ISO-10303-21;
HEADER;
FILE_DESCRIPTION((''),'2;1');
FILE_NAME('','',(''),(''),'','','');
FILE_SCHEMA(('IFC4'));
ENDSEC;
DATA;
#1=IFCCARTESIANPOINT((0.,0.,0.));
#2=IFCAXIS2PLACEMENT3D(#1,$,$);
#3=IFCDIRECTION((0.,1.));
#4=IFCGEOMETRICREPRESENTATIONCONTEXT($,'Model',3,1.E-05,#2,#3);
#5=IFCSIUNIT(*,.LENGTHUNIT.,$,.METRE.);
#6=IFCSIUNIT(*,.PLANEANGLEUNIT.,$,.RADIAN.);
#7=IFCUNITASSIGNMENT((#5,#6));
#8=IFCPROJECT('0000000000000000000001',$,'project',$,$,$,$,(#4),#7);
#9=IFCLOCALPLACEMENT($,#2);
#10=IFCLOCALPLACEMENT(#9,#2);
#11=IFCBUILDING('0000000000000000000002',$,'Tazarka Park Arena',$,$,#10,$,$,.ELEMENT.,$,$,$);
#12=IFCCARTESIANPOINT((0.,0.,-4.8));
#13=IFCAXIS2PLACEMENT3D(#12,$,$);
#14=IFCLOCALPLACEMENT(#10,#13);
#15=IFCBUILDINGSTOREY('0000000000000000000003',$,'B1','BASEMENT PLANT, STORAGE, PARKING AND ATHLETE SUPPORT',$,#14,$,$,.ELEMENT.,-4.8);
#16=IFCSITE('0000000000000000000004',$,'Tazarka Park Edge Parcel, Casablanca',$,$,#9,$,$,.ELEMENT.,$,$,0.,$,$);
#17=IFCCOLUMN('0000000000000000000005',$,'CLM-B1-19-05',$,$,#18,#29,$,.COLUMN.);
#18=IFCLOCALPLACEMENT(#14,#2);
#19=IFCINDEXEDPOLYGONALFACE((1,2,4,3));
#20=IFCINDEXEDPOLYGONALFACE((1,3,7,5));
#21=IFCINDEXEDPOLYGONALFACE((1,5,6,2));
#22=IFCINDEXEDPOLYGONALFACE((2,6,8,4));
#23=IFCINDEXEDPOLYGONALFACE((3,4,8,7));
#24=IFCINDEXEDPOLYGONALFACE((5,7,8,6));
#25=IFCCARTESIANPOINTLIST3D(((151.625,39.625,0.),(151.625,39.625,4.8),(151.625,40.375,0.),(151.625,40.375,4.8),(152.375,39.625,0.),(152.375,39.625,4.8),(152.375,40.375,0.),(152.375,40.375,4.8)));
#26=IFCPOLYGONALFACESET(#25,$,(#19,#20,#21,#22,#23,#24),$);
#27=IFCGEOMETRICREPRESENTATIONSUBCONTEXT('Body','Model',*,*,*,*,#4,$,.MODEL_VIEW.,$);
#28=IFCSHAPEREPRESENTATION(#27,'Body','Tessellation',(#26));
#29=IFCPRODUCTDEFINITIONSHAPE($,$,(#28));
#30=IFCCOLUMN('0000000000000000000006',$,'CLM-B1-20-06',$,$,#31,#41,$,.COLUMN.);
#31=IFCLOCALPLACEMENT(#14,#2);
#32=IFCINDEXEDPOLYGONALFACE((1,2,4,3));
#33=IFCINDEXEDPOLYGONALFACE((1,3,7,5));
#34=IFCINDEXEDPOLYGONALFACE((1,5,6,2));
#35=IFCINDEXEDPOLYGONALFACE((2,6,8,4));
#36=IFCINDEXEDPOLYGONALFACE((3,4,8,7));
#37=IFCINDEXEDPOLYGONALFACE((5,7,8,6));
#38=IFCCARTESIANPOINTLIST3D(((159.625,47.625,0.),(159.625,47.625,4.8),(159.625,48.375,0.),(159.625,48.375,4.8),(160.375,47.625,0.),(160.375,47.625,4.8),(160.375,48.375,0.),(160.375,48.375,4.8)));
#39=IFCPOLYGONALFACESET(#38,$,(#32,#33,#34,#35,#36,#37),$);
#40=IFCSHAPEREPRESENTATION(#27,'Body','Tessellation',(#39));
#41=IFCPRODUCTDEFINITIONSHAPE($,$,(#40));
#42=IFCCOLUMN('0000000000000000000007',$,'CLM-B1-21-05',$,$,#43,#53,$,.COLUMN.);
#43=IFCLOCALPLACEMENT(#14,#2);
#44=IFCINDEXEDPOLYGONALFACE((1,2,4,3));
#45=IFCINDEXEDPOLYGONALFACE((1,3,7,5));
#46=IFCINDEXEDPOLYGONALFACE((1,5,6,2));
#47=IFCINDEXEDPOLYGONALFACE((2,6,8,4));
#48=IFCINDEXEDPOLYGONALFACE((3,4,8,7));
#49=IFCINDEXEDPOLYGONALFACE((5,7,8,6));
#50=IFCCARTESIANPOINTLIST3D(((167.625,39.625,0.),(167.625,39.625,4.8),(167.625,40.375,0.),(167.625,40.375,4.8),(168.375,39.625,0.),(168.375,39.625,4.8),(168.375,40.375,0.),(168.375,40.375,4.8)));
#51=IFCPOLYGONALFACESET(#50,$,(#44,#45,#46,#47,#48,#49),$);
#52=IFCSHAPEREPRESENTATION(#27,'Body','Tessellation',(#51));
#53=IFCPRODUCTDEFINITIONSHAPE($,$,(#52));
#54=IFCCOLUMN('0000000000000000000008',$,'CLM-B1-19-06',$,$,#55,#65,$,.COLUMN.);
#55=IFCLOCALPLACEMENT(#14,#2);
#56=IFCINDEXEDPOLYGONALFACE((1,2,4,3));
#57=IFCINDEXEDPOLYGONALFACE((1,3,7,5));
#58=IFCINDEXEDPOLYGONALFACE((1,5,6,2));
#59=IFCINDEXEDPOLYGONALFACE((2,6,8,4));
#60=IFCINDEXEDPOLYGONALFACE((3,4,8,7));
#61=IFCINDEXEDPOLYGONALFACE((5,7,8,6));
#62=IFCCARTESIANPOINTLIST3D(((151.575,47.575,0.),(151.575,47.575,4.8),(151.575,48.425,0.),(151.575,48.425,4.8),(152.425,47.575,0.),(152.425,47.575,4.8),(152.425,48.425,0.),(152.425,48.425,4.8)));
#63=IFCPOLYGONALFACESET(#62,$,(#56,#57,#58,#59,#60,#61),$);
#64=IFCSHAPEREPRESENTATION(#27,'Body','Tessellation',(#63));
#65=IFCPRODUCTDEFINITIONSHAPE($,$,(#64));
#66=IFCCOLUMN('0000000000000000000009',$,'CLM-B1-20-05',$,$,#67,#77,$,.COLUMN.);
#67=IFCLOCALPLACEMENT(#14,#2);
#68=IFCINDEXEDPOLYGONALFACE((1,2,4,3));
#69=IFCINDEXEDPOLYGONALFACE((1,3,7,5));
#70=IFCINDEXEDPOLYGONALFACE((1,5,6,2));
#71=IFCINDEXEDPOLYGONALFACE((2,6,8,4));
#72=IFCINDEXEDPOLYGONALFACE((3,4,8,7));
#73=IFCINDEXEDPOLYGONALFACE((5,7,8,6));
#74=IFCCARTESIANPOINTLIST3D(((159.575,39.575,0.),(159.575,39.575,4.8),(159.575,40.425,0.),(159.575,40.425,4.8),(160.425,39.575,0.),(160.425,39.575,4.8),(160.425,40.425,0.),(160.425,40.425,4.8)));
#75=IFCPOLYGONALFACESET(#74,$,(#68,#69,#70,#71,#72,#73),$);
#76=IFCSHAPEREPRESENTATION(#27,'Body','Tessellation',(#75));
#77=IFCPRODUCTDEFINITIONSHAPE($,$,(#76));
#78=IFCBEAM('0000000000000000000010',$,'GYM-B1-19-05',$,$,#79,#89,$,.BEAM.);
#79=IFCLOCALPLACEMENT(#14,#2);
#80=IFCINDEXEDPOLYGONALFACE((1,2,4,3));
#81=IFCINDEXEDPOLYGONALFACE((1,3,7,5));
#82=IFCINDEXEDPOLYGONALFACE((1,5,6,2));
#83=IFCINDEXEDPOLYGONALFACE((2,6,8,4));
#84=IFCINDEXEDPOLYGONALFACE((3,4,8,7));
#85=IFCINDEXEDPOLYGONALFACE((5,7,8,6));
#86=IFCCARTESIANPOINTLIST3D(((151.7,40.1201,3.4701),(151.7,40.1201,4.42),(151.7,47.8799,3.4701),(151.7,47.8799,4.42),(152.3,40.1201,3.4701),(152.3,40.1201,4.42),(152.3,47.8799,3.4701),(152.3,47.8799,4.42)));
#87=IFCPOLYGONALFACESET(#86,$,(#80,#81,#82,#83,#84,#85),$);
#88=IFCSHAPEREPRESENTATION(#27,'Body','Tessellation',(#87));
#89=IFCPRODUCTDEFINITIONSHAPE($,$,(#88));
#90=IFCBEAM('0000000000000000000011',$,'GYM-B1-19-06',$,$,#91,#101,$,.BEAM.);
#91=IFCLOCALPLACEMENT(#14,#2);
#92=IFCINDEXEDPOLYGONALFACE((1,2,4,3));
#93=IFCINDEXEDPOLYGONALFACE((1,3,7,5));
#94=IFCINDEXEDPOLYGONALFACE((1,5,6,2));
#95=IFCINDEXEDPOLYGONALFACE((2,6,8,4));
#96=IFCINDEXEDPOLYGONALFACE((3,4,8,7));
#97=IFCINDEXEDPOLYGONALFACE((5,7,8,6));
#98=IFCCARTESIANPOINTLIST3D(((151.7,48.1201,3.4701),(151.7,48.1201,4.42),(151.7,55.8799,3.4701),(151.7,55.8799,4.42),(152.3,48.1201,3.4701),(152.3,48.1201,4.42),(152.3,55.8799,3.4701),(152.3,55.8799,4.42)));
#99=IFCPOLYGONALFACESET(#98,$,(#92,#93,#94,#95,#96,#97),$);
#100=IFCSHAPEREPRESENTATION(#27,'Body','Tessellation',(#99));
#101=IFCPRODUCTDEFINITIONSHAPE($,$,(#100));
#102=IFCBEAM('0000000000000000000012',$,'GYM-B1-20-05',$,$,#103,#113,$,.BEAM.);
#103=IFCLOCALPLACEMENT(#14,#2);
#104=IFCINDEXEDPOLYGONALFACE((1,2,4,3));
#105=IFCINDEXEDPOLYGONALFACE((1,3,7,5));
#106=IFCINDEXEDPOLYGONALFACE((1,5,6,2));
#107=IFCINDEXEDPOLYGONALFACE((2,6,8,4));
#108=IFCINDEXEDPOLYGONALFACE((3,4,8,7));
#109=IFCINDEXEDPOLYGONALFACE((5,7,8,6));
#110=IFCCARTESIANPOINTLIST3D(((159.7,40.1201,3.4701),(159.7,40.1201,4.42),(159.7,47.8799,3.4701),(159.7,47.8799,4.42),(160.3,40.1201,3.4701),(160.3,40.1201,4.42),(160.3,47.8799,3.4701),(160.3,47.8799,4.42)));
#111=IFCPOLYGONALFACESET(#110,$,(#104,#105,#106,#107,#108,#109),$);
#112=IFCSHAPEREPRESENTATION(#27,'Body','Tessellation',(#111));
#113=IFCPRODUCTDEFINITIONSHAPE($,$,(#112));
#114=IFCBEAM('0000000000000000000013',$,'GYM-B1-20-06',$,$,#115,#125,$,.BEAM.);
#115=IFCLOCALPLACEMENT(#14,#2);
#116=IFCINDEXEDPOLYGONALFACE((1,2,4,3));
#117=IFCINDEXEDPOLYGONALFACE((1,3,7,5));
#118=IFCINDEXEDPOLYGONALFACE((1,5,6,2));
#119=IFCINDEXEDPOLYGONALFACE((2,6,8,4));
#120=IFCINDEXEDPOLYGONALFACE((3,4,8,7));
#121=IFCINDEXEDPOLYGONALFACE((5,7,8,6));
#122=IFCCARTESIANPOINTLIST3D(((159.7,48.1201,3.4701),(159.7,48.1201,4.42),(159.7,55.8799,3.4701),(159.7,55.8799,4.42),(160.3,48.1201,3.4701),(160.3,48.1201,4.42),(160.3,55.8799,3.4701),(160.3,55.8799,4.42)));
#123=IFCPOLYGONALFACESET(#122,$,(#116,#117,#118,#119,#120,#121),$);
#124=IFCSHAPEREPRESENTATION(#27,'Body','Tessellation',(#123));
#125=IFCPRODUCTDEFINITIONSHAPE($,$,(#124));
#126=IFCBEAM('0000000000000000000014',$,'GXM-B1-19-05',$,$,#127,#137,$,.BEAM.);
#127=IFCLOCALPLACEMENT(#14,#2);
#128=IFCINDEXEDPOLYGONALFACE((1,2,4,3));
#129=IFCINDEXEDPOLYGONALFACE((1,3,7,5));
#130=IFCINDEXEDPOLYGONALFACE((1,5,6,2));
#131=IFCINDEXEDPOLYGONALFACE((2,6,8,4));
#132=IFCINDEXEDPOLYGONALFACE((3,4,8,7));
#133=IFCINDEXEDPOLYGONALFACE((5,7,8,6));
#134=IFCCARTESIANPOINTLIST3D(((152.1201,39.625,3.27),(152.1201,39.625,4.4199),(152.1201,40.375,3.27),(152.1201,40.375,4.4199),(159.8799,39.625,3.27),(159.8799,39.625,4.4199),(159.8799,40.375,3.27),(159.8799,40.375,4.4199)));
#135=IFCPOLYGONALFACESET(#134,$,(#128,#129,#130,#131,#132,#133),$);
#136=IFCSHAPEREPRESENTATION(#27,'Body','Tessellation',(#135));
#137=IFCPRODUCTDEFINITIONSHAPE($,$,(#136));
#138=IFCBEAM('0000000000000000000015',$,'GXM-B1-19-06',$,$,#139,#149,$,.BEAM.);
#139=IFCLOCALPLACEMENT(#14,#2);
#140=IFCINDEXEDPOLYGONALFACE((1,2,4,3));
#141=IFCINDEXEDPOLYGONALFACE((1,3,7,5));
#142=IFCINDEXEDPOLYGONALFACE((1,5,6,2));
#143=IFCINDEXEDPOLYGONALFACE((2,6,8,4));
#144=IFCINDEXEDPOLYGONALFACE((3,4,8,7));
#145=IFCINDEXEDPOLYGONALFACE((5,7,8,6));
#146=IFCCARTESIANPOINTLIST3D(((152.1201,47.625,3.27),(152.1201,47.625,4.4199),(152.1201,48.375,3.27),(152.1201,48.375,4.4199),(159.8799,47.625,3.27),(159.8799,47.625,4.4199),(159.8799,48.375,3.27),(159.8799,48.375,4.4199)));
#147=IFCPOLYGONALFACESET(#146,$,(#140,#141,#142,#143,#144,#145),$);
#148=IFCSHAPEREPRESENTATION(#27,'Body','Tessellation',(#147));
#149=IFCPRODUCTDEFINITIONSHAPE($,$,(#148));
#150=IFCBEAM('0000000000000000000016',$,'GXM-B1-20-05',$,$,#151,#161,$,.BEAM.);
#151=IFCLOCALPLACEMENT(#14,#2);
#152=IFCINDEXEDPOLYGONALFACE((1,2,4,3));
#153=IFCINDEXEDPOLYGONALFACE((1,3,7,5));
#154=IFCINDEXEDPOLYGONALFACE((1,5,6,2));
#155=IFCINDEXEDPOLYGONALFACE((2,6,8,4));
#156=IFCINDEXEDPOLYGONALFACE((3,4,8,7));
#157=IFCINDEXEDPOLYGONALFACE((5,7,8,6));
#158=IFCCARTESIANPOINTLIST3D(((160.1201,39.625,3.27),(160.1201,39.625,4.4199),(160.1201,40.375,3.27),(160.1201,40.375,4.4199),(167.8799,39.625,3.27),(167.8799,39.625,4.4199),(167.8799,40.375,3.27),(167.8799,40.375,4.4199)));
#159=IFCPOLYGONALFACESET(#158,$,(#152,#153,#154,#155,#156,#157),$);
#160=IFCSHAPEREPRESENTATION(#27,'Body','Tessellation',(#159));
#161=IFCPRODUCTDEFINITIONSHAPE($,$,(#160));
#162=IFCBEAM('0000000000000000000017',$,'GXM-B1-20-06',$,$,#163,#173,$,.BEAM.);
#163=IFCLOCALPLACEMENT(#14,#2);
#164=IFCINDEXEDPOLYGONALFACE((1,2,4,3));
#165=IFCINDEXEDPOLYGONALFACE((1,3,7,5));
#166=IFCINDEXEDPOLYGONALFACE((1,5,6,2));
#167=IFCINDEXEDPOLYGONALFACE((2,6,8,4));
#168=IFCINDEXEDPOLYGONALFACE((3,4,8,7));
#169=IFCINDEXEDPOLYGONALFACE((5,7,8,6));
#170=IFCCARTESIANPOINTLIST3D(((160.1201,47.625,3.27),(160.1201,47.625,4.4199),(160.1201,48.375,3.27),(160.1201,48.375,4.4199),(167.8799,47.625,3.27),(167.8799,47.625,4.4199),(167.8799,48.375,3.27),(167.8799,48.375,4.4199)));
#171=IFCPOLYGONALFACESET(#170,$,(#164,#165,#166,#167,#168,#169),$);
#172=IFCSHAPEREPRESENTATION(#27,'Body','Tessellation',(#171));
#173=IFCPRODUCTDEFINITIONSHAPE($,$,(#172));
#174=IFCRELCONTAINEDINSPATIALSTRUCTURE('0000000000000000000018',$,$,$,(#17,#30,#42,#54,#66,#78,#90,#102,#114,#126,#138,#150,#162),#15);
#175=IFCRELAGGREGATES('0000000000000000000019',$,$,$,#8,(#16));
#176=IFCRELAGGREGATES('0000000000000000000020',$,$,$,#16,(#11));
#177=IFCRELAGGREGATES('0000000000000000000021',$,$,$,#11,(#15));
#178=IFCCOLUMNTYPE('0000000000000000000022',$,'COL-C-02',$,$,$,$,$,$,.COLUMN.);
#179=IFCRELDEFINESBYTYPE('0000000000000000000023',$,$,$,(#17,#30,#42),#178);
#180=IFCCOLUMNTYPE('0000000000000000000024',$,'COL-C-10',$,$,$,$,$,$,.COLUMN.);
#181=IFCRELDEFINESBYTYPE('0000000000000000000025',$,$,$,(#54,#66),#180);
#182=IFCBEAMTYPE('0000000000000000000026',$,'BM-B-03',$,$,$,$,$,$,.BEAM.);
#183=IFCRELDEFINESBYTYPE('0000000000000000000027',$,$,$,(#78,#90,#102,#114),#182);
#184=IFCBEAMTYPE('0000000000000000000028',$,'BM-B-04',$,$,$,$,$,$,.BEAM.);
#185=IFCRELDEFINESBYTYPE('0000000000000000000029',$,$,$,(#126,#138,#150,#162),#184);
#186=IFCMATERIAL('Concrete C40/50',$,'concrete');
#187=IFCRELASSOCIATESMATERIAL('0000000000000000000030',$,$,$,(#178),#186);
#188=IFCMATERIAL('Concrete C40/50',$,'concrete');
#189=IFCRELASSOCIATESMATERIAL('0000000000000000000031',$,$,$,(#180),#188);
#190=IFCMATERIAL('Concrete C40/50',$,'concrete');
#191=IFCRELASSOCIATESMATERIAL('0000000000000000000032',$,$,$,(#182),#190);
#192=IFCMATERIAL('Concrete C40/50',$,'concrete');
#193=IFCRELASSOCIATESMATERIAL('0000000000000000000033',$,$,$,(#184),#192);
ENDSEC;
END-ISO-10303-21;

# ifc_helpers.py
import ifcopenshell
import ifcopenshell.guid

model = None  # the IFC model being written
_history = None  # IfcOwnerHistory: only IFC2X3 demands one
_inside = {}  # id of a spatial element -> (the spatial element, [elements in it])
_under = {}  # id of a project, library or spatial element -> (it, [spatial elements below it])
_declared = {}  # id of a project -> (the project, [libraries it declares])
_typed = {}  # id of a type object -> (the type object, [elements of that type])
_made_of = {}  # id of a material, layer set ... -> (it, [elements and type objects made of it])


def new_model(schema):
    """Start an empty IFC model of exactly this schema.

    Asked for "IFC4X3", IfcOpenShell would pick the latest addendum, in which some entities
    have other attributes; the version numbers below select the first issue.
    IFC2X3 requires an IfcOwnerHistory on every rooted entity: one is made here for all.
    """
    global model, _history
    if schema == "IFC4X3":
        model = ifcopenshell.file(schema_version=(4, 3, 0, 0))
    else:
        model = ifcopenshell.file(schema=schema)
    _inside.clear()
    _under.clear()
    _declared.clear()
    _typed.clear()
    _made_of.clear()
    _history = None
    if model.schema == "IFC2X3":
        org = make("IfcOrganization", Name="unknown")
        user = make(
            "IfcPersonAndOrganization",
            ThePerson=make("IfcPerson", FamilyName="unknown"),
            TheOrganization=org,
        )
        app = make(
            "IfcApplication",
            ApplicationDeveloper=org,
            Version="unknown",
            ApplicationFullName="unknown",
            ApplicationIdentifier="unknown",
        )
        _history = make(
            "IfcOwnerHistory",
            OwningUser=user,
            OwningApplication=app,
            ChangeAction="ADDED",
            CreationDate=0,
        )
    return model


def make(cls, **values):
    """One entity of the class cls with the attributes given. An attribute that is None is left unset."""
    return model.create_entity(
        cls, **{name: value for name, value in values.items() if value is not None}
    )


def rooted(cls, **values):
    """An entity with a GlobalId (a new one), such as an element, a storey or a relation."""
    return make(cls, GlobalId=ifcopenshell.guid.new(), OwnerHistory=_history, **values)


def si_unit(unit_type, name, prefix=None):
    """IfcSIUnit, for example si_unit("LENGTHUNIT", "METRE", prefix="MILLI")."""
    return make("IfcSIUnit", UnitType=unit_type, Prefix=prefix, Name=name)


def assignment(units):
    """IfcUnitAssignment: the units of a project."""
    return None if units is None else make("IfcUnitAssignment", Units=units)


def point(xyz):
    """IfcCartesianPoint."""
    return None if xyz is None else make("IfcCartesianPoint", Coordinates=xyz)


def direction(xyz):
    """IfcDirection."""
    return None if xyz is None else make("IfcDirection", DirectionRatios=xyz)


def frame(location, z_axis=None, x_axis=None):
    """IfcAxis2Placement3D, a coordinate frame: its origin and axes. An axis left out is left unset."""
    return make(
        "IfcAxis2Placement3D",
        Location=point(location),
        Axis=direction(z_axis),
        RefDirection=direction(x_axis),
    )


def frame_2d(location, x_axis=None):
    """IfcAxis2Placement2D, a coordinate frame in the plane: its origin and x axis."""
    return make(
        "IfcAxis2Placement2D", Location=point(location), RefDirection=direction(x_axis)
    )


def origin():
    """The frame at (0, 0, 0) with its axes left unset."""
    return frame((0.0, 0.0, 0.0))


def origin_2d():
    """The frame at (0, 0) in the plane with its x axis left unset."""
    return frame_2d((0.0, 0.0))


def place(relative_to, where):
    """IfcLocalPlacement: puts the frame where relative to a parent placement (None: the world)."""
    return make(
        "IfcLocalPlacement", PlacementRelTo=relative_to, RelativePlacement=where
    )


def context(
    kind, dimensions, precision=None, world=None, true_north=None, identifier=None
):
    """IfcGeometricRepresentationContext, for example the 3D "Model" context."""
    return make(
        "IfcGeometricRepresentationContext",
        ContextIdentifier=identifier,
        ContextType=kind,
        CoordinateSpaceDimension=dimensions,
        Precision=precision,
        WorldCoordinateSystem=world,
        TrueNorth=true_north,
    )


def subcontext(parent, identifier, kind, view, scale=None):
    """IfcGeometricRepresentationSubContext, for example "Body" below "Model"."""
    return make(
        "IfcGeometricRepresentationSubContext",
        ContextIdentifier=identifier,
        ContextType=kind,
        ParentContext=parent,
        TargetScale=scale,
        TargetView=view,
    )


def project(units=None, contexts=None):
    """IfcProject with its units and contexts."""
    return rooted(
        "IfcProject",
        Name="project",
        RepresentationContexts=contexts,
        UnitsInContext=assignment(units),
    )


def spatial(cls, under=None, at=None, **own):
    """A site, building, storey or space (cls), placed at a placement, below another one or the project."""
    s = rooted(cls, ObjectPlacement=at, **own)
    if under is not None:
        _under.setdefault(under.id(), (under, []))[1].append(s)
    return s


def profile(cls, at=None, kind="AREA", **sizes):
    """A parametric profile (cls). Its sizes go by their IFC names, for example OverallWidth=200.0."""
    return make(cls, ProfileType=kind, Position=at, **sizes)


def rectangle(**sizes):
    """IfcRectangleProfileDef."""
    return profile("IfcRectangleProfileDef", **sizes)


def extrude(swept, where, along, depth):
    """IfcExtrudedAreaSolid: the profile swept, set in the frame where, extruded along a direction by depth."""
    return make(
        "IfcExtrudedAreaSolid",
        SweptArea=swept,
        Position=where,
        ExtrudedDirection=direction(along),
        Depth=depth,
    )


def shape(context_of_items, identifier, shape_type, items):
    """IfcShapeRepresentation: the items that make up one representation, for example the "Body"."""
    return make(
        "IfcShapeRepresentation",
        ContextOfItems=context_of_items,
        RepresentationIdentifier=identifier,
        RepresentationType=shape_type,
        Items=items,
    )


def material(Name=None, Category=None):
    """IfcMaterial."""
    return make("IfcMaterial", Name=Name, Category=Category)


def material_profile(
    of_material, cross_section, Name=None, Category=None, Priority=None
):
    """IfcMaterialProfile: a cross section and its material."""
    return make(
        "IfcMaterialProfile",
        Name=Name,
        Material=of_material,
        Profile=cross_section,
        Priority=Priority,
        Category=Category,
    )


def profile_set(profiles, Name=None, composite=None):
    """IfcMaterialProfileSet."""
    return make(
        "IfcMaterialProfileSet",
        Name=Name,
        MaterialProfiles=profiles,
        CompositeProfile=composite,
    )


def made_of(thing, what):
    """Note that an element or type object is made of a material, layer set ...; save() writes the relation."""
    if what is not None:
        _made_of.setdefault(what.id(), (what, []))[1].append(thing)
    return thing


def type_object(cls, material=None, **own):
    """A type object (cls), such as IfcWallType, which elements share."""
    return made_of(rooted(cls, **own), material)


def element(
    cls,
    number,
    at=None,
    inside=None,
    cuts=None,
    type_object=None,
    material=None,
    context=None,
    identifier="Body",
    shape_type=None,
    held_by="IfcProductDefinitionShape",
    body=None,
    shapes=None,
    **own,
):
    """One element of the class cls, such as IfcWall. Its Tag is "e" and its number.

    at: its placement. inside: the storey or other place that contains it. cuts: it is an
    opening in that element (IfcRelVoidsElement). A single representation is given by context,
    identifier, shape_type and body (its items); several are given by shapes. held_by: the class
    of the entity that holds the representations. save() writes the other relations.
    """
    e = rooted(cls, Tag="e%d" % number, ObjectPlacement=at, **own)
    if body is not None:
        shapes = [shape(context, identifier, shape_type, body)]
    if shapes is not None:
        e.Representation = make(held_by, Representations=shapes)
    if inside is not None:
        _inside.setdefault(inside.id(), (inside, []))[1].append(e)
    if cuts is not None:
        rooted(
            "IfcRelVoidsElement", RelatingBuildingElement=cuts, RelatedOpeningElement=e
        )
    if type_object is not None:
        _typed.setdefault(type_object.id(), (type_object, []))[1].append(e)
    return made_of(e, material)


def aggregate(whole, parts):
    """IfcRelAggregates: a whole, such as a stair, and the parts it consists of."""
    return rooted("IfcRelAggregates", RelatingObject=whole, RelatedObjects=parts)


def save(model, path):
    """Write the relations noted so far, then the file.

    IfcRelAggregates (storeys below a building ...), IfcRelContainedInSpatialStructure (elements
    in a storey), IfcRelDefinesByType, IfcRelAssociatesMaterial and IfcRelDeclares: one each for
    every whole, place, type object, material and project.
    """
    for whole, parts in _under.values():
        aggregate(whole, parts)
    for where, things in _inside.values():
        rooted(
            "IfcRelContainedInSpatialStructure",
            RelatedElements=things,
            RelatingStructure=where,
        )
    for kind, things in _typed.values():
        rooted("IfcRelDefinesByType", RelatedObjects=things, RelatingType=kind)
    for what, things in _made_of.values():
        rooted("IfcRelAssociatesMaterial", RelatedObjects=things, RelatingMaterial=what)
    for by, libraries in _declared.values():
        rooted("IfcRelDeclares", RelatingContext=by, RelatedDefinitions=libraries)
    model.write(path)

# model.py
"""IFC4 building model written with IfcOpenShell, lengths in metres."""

from ifc_helpers import new_model, si_unit, direction, frame, origin, origin_2d, place, context, subcontext, project, spatial, rectangle, extrude, material, material_profile, profile_set, type_object, element, save


model = new_model("IFC4")

# Units and contexts
model_context = context("Model", 3, precision=1e-05, world=origin(), true_north=direction((0.0, 1.0)))
body_context = subcontext(model_context, "Body", "Model", "MODEL_VIEW")
ifc_project = project(units=[si_unit("LENGTHUNIT", "METRE"), si_unit("PLANEANGLEUNIT", "RADIAN")], contexts=[model_context])

# Site, building, storey
site_placement = place(None, origin())
site = spatial("IfcSite", under=ifc_project, at=site_placement, Name="Tazarka Park Edge Parcel, Casablanca", CompositionType="ELEMENT", RefElevation=0.0)
building_placement = place(site_placement, origin())
building = spatial("IfcBuilding", under=site, at=building_placement, Name="Tazarka Park Arena", CompositionType="ELEMENT")
storey_placement = place(building_placement, frame((0.0, 0.0, -4.8)))
storey = spatial("IfcBuildingStorey", under=building, at=storey_placement, Name="B1", Description="BASEMENT PLANT, STORAGE, PARKING AND ATHLETE SUPPORT", CompositionType="ELEMENT", Elevation=-4.8)

# Columns
ifc_material_1 = material(Name="Concrete C40/50", Category="concrete")
ifc_material_profile_1 = material_profile(ifc_material_1, rectangle(XDim=0.75, YDim=0.75, at=origin_2d()), Name="Concrete C40/50")
ifc_profile_set_1 = profile_set([ifc_material_profile_1], Name="Concrete C40/50")
column_type_1 = type_object("IfcColumnType", Name="COL-C-02", PredefinedType="COLUMN", material=ifc_profile_set_1)
for number, where, z_axis, x_axis, name in (
    (1, (152.0, 40.0, 0.0), (0.0, 0.0, 1.0), (1.0, 0.0, 0.0), "CLM-B1-19-05"),
    (2, (160.0, 48.0, 0.0), (0.0, 0.0, 1.0), (1.0, 0.0, 0.0), "CLM-B1-20-06"),
    (3, (168.0, 40.0, 0.0), (0.0, 0.0, 1.0), (1.0, 0.0, 0.0), "CLM-B1-21-05"),
):
    element("IfcColumn", number, at=place(storey_placement, frame(where, z_axis=z_axis, x_axis=x_axis)), inside=storey, type_object=column_type_1, Name=name, PredefinedType="COLUMN", context=body_context, shape_type="SweptSolid", body=[
        extrude(rectangle(XDim=0.75, YDim=0.75, at=origin_2d()), origin(), (0.0, 0.0, 1.0), 4.8),
    ])
ifc_material_2 = material(Name="Concrete C40/50", Category="concrete")
ifc_material_profile_2 = material_profile(ifc_material_2, rectangle(XDim=0.8501, YDim=0.8501, at=origin_2d()), Name="Concrete C40/50")
ifc_profile_set_2 = profile_set([ifc_material_profile_2], Name="Concrete C40/50")
column_type_2 = type_object("IfcColumnType", Name="COL-C-10", PredefinedType="COLUMN", material=ifc_profile_set_2)
for number, where, z_axis, x_axis, name in (
    (4, (152.0, 48.0, 0.0), (0.0, 0.0, 1.0), (1.0, 0.0, 0.0), "CLM-B1-19-06"),
    (5, (160.0, 40.0, 0.0), (0.0, 0.0, 1.0), (1.0, 0.0, 0.0), "CLM-B1-20-05"),
):
    element("IfcColumn", number, at=place(storey_placement, frame(where, z_axis=z_axis, x_axis=x_axis)), inside=storey, type_object=column_type_2, Name=name, PredefinedType="COLUMN", context=body_context, shape_type="SweptSolid", body=[
        extrude(rectangle(XDim=0.8501, YDim=0.8501, at=origin_2d()), origin(), (0.0, 0.0, 1.0), 4.8),
    ])

# Beams
ifc_material_3 = material(Name="Concrete C40/50", Category="concrete")
ifc_material_profile_3 = material_profile(ifc_material_3, rectangle(XDim=0.6001, YDim=0.95, at=origin_2d()), Name="Concrete C40/50")
ifc_profile_set_3 = profile_set([ifc_material_profile_3], Name="Concrete C40/50")
beam_type_1 = type_object("IfcBeamType", Name="BM-B-03", PredefinedType="BEAM", material=ifc_profile_set_3)
for number, where, z_axis, x_axis, name in (
    (6, (152.0, 40.1201, 3.9451), (0.0, 1.0, 0.0), (-1.0, 0.0, 0.0), "GYM-B1-19-05"),
    (7, (152.0, 48.1201, 3.9451), (0.0, 1.0, 0.0), (-1.0, 0.0, 0.0), "GYM-B1-19-06"),
    (8, (160.0, 40.1201, 3.9451), (0.0, 1.0, 0.0), (-1.0, 0.0, 0.0), "GYM-B1-20-05"),
    (9, (160.0, 48.1201, 3.9451), (0.0, 1.0, 0.0), (-1.0, 0.0, 0.0), "GYM-B1-20-06"),
):
    element("IfcBeam", number, at=place(storey_placement, frame(where, z_axis=z_axis, x_axis=x_axis)), inside=storey, type_object=beam_type_1, Name=name, PredefinedType="BEAM", context=body_context, shape_type="SweptSolid", body=[
        extrude(rectangle(XDim=0.6001, YDim=0.95, at=origin_2d()), origin(), (0.0, 0.0, 1.0), 7.7598),
    ])
ifc_material_4 = material(Name="Concrete C40/50", Category="concrete")
ifc_material_profile_4 = material_profile(ifc_material_4, rectangle(XDim=0.75, YDim=1.1499, at=origin_2d()), Name="Concrete C40/50")
ifc_profile_set_4 = profile_set([ifc_material_profile_4], Name="Concrete C40/50")
beam_type_2 = type_object("IfcBeamType", Name="BM-B-04", PredefinedType="BEAM", material=ifc_profile_set_4)
for number, where, z_axis, x_axis, name in (
    (10, (152.1201, 40.0, 3.845), (1.0, 0.0, 0.0), (0.0, 1.0, 0.0), "GXM-B1-19-05"),
    (11, (152.1201, 48.0, 3.845), (1.0, 0.0, 0.0), (0.0, 1.0, 0.0), "GXM-B1-19-06"),
    (12, (160.1201, 40.0, 3.845), (1.0, 0.0, 0.0), (0.0, 1.0, 0.0), "GXM-B1-20-05"),
    (13, (160.1201, 48.0, 3.845), (1.0, 0.0, 0.0), (0.0, 1.0, 0.0), "GXM-B1-20-06"),
):
    element("IfcBeam", number, at=place(storey_placement, frame(where, z_axis=z_axis, x_axis=x_axis)), inside=storey, type_object=beam_type_2, Name=name, PredefinedType="BEAM", context=body_context, shape_type="SweptSolid", body=[
        extrude(rectangle(XDim=0.75, YDim=1.1499, at=origin_2d()), origin(), (0.0, 0.0, 1.0), 7.7598),
    ])

save(model, "model.ifc")
